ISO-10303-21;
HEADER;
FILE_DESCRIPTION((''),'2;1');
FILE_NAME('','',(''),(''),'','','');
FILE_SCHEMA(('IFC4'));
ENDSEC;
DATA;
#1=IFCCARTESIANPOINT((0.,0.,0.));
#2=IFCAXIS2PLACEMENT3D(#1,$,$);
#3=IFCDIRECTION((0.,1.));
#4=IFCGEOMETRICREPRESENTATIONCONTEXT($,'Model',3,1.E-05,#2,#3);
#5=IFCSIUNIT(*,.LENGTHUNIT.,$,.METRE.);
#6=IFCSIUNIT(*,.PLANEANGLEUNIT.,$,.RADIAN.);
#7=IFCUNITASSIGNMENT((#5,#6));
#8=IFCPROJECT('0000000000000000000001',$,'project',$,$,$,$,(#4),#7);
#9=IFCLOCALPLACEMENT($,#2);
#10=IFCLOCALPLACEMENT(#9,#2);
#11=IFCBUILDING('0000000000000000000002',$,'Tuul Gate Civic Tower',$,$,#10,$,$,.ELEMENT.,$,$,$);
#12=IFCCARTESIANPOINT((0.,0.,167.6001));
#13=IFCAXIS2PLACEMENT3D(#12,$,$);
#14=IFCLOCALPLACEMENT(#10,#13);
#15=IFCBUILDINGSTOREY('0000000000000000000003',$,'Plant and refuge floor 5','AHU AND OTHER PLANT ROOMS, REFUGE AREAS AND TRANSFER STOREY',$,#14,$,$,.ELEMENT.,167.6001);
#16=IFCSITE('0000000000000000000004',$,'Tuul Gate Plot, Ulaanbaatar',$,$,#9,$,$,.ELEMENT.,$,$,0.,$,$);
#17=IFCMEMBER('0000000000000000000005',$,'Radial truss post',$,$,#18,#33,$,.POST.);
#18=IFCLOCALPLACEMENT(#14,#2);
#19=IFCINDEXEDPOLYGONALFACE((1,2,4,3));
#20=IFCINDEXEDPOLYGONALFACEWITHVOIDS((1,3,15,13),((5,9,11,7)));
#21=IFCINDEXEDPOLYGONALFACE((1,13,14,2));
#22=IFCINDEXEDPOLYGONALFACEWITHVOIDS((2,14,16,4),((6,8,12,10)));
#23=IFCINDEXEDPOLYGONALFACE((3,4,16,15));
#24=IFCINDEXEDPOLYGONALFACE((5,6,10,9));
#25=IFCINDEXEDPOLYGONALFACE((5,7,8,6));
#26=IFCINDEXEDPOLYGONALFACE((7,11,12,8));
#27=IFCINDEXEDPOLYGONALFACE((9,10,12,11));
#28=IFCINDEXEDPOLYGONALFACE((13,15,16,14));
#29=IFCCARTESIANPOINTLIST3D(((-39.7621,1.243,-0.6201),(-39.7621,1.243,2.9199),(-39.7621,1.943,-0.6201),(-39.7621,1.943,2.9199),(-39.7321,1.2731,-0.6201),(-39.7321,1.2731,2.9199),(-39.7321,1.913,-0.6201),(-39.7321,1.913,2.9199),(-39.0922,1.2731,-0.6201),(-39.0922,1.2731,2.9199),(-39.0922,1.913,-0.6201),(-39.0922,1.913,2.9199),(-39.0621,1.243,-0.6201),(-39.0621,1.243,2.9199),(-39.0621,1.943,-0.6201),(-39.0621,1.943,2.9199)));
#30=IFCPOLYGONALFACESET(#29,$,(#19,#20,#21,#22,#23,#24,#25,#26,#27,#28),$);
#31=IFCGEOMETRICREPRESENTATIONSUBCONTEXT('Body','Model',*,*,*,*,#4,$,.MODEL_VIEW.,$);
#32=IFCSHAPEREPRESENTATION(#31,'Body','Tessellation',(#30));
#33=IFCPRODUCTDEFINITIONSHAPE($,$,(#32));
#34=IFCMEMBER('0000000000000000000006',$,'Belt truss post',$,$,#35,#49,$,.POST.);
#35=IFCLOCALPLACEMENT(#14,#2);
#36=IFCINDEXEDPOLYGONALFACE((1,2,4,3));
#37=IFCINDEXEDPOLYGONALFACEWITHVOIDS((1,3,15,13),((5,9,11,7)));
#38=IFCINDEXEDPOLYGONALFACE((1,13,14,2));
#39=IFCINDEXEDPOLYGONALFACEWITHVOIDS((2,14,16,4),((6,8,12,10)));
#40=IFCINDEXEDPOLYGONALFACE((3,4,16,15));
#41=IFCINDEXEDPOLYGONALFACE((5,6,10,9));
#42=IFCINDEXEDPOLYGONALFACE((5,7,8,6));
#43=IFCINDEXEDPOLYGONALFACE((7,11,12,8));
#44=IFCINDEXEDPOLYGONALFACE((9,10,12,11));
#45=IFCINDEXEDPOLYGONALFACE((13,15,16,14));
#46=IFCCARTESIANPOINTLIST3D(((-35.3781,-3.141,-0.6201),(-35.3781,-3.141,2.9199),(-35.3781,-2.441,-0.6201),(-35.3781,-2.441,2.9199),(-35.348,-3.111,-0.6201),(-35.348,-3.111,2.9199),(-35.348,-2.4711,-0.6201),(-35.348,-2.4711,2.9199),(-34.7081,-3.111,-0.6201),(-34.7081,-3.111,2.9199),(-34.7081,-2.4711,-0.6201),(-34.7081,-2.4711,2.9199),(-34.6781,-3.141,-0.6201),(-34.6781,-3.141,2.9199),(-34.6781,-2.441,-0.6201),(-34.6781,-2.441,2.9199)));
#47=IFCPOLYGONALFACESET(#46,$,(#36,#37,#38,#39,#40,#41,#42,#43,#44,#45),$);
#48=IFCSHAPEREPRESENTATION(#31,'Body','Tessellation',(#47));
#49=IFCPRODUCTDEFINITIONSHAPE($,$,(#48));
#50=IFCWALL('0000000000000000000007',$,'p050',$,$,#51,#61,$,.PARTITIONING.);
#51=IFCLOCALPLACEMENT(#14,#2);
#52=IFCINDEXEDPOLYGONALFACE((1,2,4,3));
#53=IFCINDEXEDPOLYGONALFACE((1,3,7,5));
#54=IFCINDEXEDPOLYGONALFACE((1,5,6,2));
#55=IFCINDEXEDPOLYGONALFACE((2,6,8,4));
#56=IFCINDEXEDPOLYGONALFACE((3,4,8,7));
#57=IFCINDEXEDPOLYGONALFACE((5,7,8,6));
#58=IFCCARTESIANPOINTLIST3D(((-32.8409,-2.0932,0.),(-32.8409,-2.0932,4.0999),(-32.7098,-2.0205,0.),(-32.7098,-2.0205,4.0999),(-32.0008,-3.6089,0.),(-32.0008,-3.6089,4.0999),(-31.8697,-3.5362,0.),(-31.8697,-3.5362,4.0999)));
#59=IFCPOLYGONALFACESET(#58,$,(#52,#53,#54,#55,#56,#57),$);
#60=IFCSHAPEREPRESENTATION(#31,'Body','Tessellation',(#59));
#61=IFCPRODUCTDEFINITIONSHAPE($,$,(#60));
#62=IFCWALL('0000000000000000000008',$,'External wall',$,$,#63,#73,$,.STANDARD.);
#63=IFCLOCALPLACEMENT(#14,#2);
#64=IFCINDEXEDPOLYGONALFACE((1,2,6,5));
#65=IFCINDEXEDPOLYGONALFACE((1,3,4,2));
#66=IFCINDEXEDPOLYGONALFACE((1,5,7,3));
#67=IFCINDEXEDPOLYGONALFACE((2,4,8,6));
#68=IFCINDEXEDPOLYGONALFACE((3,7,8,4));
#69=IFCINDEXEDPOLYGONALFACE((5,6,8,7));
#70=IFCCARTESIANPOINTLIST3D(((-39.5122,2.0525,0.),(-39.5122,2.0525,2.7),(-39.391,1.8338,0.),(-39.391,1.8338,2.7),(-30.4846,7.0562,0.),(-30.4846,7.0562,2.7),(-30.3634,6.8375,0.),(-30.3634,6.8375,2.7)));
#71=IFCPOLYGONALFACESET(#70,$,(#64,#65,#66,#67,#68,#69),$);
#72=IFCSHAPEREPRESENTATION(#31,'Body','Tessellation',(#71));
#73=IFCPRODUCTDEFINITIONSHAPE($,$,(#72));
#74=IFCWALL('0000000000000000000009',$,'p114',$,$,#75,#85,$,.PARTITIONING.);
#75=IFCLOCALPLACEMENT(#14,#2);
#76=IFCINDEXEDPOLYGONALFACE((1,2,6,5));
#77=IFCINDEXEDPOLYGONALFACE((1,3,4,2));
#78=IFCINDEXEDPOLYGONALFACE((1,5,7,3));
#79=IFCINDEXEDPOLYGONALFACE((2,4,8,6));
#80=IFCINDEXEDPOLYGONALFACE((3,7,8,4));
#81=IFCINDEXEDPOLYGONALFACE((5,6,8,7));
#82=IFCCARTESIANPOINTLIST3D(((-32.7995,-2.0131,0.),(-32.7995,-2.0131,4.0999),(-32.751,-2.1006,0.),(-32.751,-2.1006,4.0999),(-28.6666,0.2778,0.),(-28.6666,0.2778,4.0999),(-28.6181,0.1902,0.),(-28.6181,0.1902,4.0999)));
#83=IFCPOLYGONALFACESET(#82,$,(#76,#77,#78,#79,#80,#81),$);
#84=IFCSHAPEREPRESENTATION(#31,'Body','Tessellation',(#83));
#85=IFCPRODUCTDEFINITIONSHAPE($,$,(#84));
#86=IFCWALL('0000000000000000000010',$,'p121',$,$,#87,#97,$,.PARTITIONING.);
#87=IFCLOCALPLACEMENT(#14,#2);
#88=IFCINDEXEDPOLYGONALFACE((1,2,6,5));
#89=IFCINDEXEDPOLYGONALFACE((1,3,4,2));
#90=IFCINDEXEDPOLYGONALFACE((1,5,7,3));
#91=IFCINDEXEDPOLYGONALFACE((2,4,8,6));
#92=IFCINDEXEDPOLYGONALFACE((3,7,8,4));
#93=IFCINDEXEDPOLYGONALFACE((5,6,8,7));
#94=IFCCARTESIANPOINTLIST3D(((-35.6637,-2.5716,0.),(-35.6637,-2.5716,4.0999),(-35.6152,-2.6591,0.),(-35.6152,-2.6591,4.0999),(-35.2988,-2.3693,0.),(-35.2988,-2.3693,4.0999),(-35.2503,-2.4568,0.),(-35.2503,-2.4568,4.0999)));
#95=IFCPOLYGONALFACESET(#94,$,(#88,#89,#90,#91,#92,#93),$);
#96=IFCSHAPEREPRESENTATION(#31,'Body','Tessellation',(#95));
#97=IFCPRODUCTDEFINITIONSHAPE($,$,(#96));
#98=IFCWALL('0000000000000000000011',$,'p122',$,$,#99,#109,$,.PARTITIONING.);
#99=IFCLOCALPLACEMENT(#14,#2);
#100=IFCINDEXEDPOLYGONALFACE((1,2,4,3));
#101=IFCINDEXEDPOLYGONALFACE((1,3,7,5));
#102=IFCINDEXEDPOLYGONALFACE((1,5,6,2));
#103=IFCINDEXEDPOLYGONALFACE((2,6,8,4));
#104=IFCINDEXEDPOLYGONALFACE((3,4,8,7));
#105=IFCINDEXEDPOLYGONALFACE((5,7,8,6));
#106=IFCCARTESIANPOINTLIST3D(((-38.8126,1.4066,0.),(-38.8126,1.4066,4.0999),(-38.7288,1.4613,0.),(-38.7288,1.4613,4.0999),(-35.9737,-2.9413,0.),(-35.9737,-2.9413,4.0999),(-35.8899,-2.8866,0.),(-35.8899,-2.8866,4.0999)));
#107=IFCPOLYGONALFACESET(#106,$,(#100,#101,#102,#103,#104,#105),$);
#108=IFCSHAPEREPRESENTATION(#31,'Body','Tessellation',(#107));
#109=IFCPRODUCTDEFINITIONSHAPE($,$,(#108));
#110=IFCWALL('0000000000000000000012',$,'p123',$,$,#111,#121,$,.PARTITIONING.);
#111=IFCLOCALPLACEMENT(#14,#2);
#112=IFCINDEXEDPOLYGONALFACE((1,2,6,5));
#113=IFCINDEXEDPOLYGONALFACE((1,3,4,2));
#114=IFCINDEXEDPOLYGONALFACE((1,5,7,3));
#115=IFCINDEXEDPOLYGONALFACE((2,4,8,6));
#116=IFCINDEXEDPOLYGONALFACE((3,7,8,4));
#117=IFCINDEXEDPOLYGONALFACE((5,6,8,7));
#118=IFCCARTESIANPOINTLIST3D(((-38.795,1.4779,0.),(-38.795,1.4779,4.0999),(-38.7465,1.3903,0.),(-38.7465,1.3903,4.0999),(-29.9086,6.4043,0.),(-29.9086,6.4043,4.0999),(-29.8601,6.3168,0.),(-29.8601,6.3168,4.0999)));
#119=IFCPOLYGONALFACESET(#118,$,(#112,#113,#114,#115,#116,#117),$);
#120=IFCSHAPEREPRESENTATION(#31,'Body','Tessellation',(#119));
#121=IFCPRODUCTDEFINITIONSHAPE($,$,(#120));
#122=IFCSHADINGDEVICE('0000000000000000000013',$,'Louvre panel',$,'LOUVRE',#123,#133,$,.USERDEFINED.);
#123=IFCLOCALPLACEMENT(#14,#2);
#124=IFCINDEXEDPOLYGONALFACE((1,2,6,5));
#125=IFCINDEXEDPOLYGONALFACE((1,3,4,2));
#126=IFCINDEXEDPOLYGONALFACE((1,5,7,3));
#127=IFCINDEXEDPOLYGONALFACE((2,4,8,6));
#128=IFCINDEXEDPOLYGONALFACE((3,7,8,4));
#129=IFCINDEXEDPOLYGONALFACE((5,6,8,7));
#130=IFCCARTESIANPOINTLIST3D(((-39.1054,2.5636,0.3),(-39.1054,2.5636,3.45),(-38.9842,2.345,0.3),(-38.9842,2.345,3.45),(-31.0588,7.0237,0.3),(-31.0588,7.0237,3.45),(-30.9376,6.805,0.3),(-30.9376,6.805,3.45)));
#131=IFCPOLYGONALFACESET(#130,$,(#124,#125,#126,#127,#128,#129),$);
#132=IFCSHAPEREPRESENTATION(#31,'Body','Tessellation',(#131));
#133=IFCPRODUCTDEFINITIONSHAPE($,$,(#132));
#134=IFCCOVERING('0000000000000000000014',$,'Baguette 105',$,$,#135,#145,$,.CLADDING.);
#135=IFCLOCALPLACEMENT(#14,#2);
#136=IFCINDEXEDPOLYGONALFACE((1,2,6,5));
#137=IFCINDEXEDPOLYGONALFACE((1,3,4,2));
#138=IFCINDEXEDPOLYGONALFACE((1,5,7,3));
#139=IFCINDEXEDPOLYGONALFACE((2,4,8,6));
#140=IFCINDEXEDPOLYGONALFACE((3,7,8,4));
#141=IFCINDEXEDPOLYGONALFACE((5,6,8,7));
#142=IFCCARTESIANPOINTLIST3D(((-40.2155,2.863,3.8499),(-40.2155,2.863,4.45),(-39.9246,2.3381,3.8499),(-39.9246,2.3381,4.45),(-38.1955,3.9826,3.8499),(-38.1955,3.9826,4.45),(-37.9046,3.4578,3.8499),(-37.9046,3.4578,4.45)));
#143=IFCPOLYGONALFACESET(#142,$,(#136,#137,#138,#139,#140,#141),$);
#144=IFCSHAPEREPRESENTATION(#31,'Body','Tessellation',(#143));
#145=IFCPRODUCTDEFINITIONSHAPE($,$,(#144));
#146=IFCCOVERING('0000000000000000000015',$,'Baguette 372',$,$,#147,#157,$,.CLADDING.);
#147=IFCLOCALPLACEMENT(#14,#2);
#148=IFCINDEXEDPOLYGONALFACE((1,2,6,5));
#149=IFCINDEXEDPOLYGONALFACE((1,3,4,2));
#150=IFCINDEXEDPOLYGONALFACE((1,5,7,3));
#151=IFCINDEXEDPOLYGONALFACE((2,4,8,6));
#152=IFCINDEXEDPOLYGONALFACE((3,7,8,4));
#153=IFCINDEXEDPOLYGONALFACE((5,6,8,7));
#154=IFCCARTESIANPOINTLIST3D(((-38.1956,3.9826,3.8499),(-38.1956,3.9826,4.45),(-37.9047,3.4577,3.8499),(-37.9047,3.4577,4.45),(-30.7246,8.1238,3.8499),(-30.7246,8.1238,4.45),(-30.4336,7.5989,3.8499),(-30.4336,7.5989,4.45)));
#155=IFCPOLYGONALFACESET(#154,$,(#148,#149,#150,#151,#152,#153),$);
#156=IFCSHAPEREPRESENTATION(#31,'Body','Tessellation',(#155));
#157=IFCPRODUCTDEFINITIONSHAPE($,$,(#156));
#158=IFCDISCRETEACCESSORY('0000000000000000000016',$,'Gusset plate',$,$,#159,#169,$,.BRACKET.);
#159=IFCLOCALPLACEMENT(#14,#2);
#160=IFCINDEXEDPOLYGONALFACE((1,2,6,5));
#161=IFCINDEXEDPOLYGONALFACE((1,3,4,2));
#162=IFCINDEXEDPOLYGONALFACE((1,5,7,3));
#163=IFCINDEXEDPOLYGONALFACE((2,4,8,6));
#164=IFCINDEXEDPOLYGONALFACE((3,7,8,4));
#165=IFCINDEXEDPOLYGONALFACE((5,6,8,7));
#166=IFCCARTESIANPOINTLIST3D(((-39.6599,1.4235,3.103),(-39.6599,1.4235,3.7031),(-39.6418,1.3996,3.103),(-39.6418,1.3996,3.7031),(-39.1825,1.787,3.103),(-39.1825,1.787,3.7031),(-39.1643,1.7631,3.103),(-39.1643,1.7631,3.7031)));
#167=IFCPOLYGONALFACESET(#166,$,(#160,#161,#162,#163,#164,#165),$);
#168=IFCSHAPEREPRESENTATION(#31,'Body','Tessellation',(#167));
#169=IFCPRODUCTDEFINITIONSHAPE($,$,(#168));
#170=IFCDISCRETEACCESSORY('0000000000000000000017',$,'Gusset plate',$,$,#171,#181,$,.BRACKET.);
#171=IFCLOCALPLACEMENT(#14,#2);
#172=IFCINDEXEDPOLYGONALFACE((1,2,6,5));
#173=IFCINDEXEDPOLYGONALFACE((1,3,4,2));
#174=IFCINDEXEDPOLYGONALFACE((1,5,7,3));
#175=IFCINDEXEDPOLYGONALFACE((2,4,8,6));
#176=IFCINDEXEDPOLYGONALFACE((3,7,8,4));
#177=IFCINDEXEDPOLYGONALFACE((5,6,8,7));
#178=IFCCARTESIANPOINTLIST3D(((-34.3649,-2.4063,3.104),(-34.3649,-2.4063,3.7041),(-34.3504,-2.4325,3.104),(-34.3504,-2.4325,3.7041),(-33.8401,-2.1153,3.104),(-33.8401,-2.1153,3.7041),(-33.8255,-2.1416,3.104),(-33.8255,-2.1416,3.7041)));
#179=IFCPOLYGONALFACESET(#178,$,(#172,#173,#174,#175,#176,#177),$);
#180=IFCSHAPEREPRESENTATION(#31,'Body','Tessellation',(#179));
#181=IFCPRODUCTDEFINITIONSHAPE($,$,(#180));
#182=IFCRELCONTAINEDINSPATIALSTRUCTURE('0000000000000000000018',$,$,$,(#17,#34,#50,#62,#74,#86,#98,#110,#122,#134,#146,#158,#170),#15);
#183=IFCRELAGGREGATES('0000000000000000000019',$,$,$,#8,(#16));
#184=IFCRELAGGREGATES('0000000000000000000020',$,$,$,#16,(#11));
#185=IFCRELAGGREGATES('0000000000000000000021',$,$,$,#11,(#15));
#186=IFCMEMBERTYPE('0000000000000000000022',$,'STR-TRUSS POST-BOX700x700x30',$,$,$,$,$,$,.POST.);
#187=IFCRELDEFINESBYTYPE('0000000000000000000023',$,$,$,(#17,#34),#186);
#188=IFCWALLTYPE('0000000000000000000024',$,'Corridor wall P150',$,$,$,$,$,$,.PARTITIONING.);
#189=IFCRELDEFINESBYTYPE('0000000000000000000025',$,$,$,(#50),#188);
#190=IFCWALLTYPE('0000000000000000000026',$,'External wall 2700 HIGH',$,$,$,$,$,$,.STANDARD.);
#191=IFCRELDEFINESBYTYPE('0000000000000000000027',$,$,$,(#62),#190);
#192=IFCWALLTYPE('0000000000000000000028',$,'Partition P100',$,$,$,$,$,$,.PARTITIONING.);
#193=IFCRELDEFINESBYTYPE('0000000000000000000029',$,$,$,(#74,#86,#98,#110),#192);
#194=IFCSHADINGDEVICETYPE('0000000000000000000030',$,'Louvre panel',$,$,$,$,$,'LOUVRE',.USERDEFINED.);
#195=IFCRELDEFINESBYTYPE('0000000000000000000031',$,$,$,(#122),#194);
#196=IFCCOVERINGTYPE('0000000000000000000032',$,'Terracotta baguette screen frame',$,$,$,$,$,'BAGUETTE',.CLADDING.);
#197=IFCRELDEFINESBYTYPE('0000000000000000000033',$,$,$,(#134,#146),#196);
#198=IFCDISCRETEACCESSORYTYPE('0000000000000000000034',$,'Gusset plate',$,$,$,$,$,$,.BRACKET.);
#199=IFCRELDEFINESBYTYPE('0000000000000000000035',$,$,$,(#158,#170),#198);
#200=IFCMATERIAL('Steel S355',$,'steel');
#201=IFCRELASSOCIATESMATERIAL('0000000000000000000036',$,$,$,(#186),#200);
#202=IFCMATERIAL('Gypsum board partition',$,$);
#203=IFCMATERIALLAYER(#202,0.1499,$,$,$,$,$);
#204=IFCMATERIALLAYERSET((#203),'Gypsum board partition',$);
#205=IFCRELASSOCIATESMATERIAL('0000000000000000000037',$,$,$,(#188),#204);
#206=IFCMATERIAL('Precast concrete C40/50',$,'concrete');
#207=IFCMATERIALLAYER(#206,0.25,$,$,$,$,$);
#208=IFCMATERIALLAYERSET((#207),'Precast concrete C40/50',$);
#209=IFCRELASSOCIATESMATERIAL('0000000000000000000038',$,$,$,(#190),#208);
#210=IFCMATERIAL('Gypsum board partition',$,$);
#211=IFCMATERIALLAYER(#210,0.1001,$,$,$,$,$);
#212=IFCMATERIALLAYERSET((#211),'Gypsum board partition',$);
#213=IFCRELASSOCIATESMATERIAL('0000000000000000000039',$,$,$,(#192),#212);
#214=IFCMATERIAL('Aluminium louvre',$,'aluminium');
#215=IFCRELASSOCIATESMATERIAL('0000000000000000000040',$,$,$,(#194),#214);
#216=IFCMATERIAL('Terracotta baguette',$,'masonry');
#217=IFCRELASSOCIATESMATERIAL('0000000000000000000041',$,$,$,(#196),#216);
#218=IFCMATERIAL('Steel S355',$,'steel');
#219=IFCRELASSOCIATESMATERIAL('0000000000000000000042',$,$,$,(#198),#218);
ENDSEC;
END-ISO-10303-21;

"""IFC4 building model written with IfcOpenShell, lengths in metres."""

from ifc_helpers import new_model, si_unit, direction, frame, frame_2d, origin, origin_2d, place, context, subcontext, project, spatial, rectangle, hollow_rectangle, extrude, material, layer, layer_set, material_profile, profile_set, type_object, element, save


model = new_model("IFC4")

# Units and contexts
model_context = context("Model", 3, precision=1e-05, world=origin(), true_north=direction((0.0, 1.0)))
body_context = subcontext(model_context, "Body", "Model", "MODEL_VIEW")
ifc_project = project(units=[si_unit("LENGTHUNIT", "METRE"), si_unit("PLANEANGLEUNIT", "RADIAN")], contexts=[model_context])

# Site, building, storey
site_placement = place(None, origin())
site = spatial("IfcSite", under=ifc_project, at=site_placement, Name="Tuul Gate Plot, Ulaanbaatar", CompositionType="ELEMENT", RefElevation=0.0)
building_placement = place(site_placement, origin())
building = spatial("IfcBuilding", under=site, at=building_placement, Name="Tuul Gate Civic Tower", CompositionType="ELEMENT")
storey_placement = place(building_placement, frame((0.0, 0.0, 167.6001)))
storey = spatial("IfcBuildingStorey", under=building, at=storey_placement, Name="Plant and refuge floor 5", Description="AHU AND OTHER PLANT ROOMS, REFUGE AREAS AND TRANSFER STOREY", CompositionType="ELEMENT", Elevation=167.6001)

# Members
ifc_material_1 = material(Name="Steel S355", Category="steel")
ifc_material_profile_1 = material_profile(ifc_material_1, hollow_rectangle(XDim=0.7, YDim=0.7, WallThickness=0.03, at=origin_2d()), Name="BOX700x700x30")
ifc_profile_set_1 = profile_set([ifc_material_profile_1], Name="Steel S355")
member_type_1 = type_object("IfcMemberType", Name="STR-TRUSS POST-BOX700x700x30", PredefinedType="POST", material=ifc_profile_set_1)
for number, where, z_axis, x_axis, name in (
    (1, (-39.4121, 1.593, -0.6201), (0.0, 0.0, 1.0), (1.0, 0.0, 0.0), "Radial truss post"),
    (2, (-35.0281, -2.791, -0.6201), (0.0, 0.0, 1.0), (1.0, 0.0, 0.0), "Belt truss post"),
):
    element("IfcMember", number, at=place(storey_placement, frame(where, z_axis=z_axis, x_axis=x_axis)), inside=storey, type_object=member_type_1, Name=name, PredefinedType="POST", context=body_context, shape_type="SweptSolid", body=[
        extrude(hollow_rectangle(XDim=0.7, YDim=0.7, WallThickness=0.03, at=origin_2d()), origin(), (0.0, 0.0, 1.0), 3.54),
    ])

# Walls
ifc_material_2 = material(Name="Gypsum board partition")
ifc_layer_1 = layer(ifc_material_2, 0.1499)
ifc_layer_set_1 = layer_set([ifc_layer_1], Name="Gypsum board partition")
wall_type_1 = type_object("IfcWallType", Name="Corridor wall P150", PredefinedType="PARTITIONING", material=ifc_layer_set_1)
wall_1_placement = place(storey_placement, frame((-32.7754, -2.0569, 0.0), z_axis=(0.0, 0.0, 1.0), x_axis=(0.484793, -0.874629, 0.0)))
element("IfcWall", 3, at=wall_1_placement, inside=storey, type_object=wall_type_1, Name="p050", PredefinedType="PARTITIONING", context=body_context, shape_type="SweptSolid", body=[
    extrude(rectangle(XDim=1.7329, YDim=0.1499, at=frame_2d((0.8665, 0.0))), origin(), (0.0, 0.0, 1.0), 4.0999),
])
ifc_material_3 = material(Name="Precast concrete C40/50", Category="concrete")
ifc_layer_2 = layer(ifc_material_3, 0.25)
ifc_layer_set_2 = layer_set([ifc_layer_2], Name="Precast concrete C40/50")
wall_type_2 = type_object("IfcWallType", Name="External wall 2700 HIGH", PredefinedType="STANDARD", material=ifc_layer_set_2)
wall_2_placement = place(storey_placement, frame((-30.4241, 6.9468, 0.0), z_axis=(0.0, 0.0, 1.0), x_axis=(-0.874637, -0.484779, 0.0)))
element("IfcWall", 4, at=wall_2_placement, inside=storey, type_object=wall_type_2, Name="External wall", PredefinedType="STANDARD", context=body_context, shape_type="SweptSolid", body=[
    extrude(rectangle(XDim=10.3215, YDim=0.25, at=frame_2d((5.1606, 0.0))), origin(), (0.0, 0.0, 1.0), 2.7),
])
ifc_material_4 = material(Name="Gypsum board partition")
ifc_layer_3 = layer(ifc_material_4, 0.1001)
ifc_layer_set_3 = layer_set([ifc_layer_3], Name="Gypsum board partition")
wall_type_3 = type_object("IfcWallType", Name="Partition P100", PredefinedType="PARTITIONING", material=ifc_layer_set_3)
wall_3_placement = place(storey_placement, frame((-32.7754, -2.0569, 0.0), z_axis=(0.0, 0.0, 1.0), x_axis=(0.874627, 0.484796, 0.0)))
element("IfcWall", 5, at=wall_3_placement, inside=storey, type_object=wall_type_3, Name="p114", PredefinedType="PARTITIONING", context=body_context, shape_type="SweptSolid", body=[
    extrude(rectangle(XDim=4.7253, YDim=0.1001, at=frame_2d((2.3628, 0.0))), origin(), (0.0, 0.0, 1.0), 4.0999),
])
wall_4_placement = place(storey_placement, frame((-35.2747, -2.4131, 0.0), z_axis=(0.0, 0.0, 1.0), x_axis=(-0.874543, -0.484947, 0.0)))
element("IfcWall", 6, at=wall_4_placement, inside=storey, type_object=wall_type_3, Name="p121", PredefinedType="PARTITIONING", context=body_context, shape_type="SweptSolid", body=[
    extrude(rectangle(XDim=0.4172, YDim=0.1001, at=frame_2d((0.2085, 0.0))), origin(), (0.0, 0.0, 1.0), 4.0999),
])
wall_5_placement = place(storey_placement, frame((-35.9319, -2.9138, 0.0), z_axis=(0.0, 0.0, 1.0), x_axis=(-0.546711, 0.837321, 0.0)))
element("IfcWall", 7, at=wall_5_placement, inside=storey, type_object=wall_type_3, Name="p122", PredefinedType="PARTITIONING", context=body_context, shape_type="SweptSolid", body=[
    extrude(rectangle(XDim=5.1926, YDim=0.1001, at=frame_2d((2.5962, 0.0))), origin(), (0.0, 0.0, 1.0), 4.0999),
])
wall_6_placement = place(storey_placement, frame((-38.7708, 1.4341, 0.0), z_axis=(0.0, 0.0, 1.0), x_axis=(0.874592, 0.484859, 0.0)))
element("IfcWall", 8, at=wall_6_placement, inside=storey, type_object=wall_type_3, Name="p123", PredefinedType="PARTITIONING", context=body_context, shape_type="SweptSolid", body=[
    extrude(rectangle(XDim=10.1606, YDim=0.1001, at=frame_2d((5.0803, 0.0))), origin(), (0.0, 0.0, 1.0), 4.0999),
])

# Shading device
ifc_material_5 = material(Name="Aluminium louvre", Category="aluminium")
shading_device_type = type_object("IfcShadingDeviceType", Name="Louvre panel", ElementType="LOUVRE", PredefinedType="USERDEFINED", material=ifc_material_5)
shading_device_placement = place(storey_placement, frame((-35.0215, 4.6843, 0.3), z_axis=(0.0, 0.0, 1.0), x_axis=(-0.484789, 0.874631, 0.0)))
element("IfcShadingDevice", 9, at=shading_device_placement, inside=storey, type_object=shading_device_type, Name="Louvre panel", ObjectType="LOUVRE", PredefinedType="USERDEFINED", context=body_context, shape_type="SweptSolid", body=[
    extrude(rectangle(XDim=0.25, YDim=9.2, at=origin_2d()), origin(), (0.0, 0.0, 1.0), 3.1499),
])

# Coverings
ifc_material_6 = material(Name="Terracotta baguette", Category="masonry")
ifc_material_profile_2 = material_profile(ifc_material_6, rectangle(XDim=0.6001, YDim=0.6001, at=origin_2d()), Name="Terracotta baguette screen frame")
ifc_profile_set_2 = profile_set([ifc_material_profile_2], Name="Terracotta baguette")
covering_type = type_object("IfcCoveringType", Name="Terracotta baguette screen frame", ElementType="BAGUETTE", PredefinedType="CLADDING", material=ifc_profile_set_2)
covering_1_placement = place(storey_placement, frame((-38.05, 3.7202, 4.1499), z_axis=(-0.874636, -0.484781, 0.0), x_axis=(0.484781, -0.874636, 0.0)))
element("IfcCovering", 10, at=covering_1_placement, inside=storey, type_object=covering_type, Name="Baguette 105", PredefinedType="CLADDING", context=body_context, shape_type="SweptSolid", body=[
    extrude(rectangle(XDim=0.6001, YDim=0.6001, at=origin_2d()), origin(), (0.0, 0.0, 1.0), 2.3096),
])
covering_2_placement = place(storey_placement, frame((-30.5791, 7.8613, 4.1499), z_axis=(-0.874625, -0.484801, 0.0), x_axis=(0.484801, -0.874625, 0.0)))
element("IfcCovering", 11, at=covering_2_placement, inside=storey, type_object=covering_type, Name="Baguette 372", PredefinedType="CLADDING", context=body_context, shape_type="SweptSolid", body=[
    extrude(rectangle(XDim=0.6001, YDim=0.6001, at=origin_2d()), origin(), (0.0, 0.0, 1.0), 8.542),
])

# Discrete accessories
ifc_material_7 = material(Name="Steel S355", Category="steel")
discrete_accessory_type_1 = type_object("IfcDiscreteAccessoryType", Name="Gusset plate", PredefinedType="BRACKET", material=ifc_material_7)
for number, where, z_axis, x_axis, name in (
    (12, (-39.4121, 1.5933, 3.103), (0.0, 0.0, 1.0), (-0.795664, -0.605738, 0.0), "Gusset plate"),
    (13, (-34.0952, -2.2739, 3.104), (0.0, 0.0, 1.0), (-0.874625, -0.4848, 0.0), "Gusset plate"),
):
    element("IfcDiscreteAccessory", number, at=place(storey_placement, frame(where, z_axis=z_axis, x_axis=x_axis)), inside=storey, type_object=discrete_accessory_type_1, Name=name, PredefinedType="BRACKET", context=body_context, shape_type="SweptSolid", body=[
        extrude(rectangle(XDim=0.6001, YDim=0.03, at=origin_2d()), origin(), (0.0, 0.0, 1.0), 0.6001),
    ])

save(model, "model.ifc")
